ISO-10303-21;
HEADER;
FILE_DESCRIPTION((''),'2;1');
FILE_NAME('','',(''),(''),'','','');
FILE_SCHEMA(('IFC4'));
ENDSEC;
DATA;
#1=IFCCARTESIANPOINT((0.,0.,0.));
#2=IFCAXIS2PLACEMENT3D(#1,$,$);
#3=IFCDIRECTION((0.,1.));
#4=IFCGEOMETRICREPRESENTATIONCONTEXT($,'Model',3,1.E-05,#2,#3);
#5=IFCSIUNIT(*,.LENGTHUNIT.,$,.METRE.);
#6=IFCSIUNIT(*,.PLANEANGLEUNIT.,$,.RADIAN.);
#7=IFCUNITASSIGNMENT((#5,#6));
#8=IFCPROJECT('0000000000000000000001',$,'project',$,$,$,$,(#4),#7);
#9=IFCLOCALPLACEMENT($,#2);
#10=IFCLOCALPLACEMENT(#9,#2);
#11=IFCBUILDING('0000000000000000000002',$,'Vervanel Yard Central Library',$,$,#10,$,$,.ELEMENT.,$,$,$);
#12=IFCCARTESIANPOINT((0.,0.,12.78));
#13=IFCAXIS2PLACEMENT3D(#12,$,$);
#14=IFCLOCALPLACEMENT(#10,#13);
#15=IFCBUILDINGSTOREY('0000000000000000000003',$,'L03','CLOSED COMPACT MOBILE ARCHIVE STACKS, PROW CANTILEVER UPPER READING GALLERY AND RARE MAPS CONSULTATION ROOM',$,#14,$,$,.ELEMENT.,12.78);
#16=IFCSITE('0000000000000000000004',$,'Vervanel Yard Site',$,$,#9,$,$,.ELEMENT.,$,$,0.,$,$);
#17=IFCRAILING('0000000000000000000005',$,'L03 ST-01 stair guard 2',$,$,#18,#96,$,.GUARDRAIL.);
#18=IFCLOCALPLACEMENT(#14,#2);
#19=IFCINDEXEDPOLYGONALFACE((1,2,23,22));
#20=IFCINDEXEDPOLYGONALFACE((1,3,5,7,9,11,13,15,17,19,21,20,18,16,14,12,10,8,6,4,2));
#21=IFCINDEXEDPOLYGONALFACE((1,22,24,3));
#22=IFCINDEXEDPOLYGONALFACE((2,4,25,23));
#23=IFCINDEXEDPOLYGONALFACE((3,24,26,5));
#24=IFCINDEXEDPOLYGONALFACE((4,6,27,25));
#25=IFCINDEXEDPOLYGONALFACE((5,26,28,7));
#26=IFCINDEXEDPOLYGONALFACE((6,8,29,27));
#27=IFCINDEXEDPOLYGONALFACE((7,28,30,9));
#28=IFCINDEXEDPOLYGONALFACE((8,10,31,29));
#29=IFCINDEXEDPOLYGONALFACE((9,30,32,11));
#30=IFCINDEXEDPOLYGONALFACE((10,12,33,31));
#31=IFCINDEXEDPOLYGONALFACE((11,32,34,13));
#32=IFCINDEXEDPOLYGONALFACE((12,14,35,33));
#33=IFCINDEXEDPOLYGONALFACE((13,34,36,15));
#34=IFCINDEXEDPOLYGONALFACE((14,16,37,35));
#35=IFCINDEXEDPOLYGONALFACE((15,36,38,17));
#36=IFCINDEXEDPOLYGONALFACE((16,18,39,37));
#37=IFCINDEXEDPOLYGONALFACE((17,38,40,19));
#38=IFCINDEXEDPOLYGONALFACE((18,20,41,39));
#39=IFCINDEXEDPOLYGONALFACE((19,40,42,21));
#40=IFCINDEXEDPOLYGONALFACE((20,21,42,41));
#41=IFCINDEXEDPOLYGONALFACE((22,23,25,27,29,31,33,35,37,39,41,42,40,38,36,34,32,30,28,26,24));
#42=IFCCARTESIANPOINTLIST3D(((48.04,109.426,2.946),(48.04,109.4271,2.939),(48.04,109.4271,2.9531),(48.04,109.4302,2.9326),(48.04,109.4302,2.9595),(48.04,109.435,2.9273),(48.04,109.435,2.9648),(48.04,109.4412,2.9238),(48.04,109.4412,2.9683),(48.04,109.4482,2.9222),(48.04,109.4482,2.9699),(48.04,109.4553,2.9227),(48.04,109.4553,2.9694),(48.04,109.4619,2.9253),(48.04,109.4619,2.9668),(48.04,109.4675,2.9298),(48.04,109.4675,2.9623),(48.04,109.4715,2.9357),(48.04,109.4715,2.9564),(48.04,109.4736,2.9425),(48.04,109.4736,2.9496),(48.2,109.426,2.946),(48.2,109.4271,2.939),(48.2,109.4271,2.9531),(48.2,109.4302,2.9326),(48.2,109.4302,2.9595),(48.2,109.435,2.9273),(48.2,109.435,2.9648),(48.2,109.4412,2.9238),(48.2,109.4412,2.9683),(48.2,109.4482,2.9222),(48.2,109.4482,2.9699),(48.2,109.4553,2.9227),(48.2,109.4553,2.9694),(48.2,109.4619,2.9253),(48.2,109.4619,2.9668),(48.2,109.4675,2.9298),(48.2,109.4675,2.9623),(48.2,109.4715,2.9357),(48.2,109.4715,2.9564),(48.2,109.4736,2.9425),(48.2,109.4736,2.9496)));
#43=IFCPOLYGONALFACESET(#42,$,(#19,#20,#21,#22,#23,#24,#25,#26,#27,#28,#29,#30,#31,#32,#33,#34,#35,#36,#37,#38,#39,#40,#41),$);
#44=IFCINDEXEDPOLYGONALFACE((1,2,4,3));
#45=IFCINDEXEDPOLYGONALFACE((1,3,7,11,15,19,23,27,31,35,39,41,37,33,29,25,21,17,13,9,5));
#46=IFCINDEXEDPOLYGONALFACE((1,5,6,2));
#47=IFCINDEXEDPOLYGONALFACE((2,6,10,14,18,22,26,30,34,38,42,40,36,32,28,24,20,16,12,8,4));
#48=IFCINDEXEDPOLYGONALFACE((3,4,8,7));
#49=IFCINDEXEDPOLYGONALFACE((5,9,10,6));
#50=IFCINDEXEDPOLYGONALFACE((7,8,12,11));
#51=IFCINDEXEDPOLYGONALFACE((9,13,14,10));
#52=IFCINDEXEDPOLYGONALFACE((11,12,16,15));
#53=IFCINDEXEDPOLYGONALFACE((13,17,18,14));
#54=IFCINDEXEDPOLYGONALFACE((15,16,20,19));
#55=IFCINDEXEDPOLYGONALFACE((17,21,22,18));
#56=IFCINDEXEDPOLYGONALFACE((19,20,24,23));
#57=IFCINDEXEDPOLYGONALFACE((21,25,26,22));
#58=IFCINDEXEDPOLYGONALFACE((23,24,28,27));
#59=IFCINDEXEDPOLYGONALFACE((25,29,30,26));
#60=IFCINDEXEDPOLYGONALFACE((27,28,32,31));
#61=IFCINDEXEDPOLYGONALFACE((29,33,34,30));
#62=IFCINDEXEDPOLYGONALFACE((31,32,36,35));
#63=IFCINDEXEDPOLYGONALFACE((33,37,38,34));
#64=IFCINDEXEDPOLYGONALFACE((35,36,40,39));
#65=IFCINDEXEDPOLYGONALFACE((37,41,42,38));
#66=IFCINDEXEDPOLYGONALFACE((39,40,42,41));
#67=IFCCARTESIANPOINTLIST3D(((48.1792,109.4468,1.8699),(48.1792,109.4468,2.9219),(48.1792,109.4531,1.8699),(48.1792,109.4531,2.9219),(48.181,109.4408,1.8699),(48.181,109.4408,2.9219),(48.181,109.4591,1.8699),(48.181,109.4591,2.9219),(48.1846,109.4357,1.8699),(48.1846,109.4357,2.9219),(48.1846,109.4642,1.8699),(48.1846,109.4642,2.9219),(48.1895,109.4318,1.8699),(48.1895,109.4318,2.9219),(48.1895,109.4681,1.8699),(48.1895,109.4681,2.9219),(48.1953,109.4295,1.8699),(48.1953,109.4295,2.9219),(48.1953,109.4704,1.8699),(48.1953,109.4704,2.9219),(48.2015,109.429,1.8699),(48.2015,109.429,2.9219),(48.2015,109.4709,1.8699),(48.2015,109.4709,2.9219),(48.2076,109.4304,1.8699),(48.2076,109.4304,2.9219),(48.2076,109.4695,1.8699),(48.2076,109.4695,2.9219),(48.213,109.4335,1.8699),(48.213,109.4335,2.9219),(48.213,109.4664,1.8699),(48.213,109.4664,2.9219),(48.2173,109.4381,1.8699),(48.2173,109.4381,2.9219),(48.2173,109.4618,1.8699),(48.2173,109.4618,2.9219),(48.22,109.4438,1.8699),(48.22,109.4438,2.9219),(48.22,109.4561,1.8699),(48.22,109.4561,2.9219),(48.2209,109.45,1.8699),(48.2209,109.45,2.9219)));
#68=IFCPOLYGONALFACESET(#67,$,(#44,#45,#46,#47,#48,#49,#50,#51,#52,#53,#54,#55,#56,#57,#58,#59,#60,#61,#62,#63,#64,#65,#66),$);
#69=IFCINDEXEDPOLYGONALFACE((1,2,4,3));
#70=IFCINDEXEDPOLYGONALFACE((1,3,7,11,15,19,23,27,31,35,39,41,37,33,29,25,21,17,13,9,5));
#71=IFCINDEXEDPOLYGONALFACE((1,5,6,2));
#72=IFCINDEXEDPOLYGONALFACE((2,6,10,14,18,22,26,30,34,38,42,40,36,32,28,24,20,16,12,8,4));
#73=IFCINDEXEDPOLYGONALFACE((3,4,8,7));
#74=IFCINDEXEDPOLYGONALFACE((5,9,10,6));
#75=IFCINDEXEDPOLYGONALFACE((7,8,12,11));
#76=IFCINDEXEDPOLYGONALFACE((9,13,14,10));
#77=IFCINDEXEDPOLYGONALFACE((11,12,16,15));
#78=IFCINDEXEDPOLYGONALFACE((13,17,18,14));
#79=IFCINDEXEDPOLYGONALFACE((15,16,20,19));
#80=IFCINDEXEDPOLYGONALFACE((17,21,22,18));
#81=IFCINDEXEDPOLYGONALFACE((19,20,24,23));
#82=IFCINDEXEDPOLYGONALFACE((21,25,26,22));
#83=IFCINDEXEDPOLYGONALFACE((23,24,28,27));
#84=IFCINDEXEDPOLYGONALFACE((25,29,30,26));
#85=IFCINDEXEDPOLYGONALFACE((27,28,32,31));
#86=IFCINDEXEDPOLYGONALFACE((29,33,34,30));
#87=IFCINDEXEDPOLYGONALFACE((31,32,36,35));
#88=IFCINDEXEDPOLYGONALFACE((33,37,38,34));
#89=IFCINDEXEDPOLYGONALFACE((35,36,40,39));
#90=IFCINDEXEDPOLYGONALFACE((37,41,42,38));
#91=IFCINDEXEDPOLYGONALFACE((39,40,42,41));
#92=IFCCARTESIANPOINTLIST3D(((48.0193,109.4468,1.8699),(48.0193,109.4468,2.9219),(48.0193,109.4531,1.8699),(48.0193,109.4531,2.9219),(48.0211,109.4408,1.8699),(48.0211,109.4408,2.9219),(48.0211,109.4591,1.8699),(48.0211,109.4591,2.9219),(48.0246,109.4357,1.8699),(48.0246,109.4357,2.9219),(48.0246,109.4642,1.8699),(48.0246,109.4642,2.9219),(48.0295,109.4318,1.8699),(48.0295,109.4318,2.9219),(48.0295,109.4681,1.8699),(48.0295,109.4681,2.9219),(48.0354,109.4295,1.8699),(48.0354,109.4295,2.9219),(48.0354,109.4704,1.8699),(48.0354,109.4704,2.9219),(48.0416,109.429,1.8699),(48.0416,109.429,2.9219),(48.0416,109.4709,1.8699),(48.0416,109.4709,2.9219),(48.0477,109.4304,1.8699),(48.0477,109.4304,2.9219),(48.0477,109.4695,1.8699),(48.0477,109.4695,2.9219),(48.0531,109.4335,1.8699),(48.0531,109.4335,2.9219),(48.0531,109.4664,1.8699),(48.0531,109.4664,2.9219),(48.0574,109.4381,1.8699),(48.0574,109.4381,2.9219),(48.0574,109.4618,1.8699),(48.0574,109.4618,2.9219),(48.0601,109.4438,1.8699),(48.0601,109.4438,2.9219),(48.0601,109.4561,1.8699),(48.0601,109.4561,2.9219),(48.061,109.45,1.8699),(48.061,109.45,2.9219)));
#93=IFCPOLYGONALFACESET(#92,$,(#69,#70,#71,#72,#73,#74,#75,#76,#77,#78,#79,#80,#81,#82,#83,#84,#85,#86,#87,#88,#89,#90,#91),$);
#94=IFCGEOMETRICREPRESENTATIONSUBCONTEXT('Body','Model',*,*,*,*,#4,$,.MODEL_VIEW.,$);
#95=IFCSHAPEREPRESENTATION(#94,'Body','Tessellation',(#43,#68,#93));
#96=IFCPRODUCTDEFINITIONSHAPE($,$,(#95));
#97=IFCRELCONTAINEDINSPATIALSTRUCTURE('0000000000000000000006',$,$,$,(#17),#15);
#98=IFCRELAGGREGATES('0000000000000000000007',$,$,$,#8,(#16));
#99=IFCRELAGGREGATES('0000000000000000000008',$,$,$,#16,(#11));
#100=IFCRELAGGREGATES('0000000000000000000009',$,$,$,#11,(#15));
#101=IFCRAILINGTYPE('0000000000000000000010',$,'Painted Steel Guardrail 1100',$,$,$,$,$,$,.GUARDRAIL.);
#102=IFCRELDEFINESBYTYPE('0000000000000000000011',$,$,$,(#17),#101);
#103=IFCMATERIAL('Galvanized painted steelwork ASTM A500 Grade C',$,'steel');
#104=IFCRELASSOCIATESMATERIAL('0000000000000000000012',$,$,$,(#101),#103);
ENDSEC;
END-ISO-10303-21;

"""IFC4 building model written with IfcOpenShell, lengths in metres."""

from ifc_helpers import new_model, si_unit, direction, frame, origin, origin_2d, place, context, subcontext, project, spatial, circle, extrude, material, type_object, element, save


model = new_model("IFC4")

# Units and contexts
model_context = context("Model", 3, precision=1e-05, world=origin(), true_north=direction((0.0, 1.0)))
body_context = subcontext(model_context, "Body", "Model", "MODEL_VIEW")
ifc_project = project(units=[si_unit("LENGTHUNIT", "METRE"), si_unit("PLANEANGLEUNIT", "RADIAN")], contexts=[model_context])

# Site, building, storey
site_placement = place(None, origin())
site = spatial("IfcSite", under=ifc_project, at=site_placement, Name="Vervanel Yard Site", CompositionType="ELEMENT", RefElevation=0.0)
building_placement = place(site_placement, origin())
building = spatial("IfcBuilding", under=site, at=building_placement, Name="Vervanel Yard Central Library", CompositionType="ELEMENT")
storey_placement = place(building_placement, frame((0.0, 0.0, 12.78)))
storey = spatial("IfcBuildingStorey", under=building, at=storey_placement, Name="L03", Description="CLOSED COMPACT MOBILE ARCHIVE STACKS, PROW CANTILEVER UPPER READING GALLERY AND RARE MAPS CONSULTATION ROOM", CompositionType="ELEMENT", Elevation=12.78)

# Shared definitions
ifc_material_1 = material(Name="Galvanized painted steelwork ASTM A500 Grade C", Category="steel")

# Railing
railing_type_1 = type_object("IfcRailingType", Name="Painted Steel Guardrail 1100", PredefinedType="GUARDRAIL", material=ifc_material_1)
railing_1_placement = place(storey_placement, frame((48.2, 109.45, 1.8699)))
element("IfcRailing", 1, at=railing_1_placement, inside=storey, type_object=railing_type_1, Name="L03 ST-01 stair guard 2", PredefinedType="GUARDRAIL", context=body_context, shape_type="SweptSolid", body=[
    extrude(circle(Radius=0.0239, at=origin_2d()), frame((0.0, 0.0, 1.0762), z_axis=(-1.0, 0.0, 0.0), x_axis=(0.0, -1.0, 0.0)), (0.0, 0.0, 1.0), 0.1599),
    extrude(circle(Radius=0.021, at=origin_2d()), origin(), (0.0, 0.0, 1.0), 1.052),
    extrude(circle(Radius=0.021, at=origin_2d()), frame((-0.1599, 0.0, 0.0)), (0.0, 0.0, 1.0), 1.052),
])

save(model, "model.ifc")
